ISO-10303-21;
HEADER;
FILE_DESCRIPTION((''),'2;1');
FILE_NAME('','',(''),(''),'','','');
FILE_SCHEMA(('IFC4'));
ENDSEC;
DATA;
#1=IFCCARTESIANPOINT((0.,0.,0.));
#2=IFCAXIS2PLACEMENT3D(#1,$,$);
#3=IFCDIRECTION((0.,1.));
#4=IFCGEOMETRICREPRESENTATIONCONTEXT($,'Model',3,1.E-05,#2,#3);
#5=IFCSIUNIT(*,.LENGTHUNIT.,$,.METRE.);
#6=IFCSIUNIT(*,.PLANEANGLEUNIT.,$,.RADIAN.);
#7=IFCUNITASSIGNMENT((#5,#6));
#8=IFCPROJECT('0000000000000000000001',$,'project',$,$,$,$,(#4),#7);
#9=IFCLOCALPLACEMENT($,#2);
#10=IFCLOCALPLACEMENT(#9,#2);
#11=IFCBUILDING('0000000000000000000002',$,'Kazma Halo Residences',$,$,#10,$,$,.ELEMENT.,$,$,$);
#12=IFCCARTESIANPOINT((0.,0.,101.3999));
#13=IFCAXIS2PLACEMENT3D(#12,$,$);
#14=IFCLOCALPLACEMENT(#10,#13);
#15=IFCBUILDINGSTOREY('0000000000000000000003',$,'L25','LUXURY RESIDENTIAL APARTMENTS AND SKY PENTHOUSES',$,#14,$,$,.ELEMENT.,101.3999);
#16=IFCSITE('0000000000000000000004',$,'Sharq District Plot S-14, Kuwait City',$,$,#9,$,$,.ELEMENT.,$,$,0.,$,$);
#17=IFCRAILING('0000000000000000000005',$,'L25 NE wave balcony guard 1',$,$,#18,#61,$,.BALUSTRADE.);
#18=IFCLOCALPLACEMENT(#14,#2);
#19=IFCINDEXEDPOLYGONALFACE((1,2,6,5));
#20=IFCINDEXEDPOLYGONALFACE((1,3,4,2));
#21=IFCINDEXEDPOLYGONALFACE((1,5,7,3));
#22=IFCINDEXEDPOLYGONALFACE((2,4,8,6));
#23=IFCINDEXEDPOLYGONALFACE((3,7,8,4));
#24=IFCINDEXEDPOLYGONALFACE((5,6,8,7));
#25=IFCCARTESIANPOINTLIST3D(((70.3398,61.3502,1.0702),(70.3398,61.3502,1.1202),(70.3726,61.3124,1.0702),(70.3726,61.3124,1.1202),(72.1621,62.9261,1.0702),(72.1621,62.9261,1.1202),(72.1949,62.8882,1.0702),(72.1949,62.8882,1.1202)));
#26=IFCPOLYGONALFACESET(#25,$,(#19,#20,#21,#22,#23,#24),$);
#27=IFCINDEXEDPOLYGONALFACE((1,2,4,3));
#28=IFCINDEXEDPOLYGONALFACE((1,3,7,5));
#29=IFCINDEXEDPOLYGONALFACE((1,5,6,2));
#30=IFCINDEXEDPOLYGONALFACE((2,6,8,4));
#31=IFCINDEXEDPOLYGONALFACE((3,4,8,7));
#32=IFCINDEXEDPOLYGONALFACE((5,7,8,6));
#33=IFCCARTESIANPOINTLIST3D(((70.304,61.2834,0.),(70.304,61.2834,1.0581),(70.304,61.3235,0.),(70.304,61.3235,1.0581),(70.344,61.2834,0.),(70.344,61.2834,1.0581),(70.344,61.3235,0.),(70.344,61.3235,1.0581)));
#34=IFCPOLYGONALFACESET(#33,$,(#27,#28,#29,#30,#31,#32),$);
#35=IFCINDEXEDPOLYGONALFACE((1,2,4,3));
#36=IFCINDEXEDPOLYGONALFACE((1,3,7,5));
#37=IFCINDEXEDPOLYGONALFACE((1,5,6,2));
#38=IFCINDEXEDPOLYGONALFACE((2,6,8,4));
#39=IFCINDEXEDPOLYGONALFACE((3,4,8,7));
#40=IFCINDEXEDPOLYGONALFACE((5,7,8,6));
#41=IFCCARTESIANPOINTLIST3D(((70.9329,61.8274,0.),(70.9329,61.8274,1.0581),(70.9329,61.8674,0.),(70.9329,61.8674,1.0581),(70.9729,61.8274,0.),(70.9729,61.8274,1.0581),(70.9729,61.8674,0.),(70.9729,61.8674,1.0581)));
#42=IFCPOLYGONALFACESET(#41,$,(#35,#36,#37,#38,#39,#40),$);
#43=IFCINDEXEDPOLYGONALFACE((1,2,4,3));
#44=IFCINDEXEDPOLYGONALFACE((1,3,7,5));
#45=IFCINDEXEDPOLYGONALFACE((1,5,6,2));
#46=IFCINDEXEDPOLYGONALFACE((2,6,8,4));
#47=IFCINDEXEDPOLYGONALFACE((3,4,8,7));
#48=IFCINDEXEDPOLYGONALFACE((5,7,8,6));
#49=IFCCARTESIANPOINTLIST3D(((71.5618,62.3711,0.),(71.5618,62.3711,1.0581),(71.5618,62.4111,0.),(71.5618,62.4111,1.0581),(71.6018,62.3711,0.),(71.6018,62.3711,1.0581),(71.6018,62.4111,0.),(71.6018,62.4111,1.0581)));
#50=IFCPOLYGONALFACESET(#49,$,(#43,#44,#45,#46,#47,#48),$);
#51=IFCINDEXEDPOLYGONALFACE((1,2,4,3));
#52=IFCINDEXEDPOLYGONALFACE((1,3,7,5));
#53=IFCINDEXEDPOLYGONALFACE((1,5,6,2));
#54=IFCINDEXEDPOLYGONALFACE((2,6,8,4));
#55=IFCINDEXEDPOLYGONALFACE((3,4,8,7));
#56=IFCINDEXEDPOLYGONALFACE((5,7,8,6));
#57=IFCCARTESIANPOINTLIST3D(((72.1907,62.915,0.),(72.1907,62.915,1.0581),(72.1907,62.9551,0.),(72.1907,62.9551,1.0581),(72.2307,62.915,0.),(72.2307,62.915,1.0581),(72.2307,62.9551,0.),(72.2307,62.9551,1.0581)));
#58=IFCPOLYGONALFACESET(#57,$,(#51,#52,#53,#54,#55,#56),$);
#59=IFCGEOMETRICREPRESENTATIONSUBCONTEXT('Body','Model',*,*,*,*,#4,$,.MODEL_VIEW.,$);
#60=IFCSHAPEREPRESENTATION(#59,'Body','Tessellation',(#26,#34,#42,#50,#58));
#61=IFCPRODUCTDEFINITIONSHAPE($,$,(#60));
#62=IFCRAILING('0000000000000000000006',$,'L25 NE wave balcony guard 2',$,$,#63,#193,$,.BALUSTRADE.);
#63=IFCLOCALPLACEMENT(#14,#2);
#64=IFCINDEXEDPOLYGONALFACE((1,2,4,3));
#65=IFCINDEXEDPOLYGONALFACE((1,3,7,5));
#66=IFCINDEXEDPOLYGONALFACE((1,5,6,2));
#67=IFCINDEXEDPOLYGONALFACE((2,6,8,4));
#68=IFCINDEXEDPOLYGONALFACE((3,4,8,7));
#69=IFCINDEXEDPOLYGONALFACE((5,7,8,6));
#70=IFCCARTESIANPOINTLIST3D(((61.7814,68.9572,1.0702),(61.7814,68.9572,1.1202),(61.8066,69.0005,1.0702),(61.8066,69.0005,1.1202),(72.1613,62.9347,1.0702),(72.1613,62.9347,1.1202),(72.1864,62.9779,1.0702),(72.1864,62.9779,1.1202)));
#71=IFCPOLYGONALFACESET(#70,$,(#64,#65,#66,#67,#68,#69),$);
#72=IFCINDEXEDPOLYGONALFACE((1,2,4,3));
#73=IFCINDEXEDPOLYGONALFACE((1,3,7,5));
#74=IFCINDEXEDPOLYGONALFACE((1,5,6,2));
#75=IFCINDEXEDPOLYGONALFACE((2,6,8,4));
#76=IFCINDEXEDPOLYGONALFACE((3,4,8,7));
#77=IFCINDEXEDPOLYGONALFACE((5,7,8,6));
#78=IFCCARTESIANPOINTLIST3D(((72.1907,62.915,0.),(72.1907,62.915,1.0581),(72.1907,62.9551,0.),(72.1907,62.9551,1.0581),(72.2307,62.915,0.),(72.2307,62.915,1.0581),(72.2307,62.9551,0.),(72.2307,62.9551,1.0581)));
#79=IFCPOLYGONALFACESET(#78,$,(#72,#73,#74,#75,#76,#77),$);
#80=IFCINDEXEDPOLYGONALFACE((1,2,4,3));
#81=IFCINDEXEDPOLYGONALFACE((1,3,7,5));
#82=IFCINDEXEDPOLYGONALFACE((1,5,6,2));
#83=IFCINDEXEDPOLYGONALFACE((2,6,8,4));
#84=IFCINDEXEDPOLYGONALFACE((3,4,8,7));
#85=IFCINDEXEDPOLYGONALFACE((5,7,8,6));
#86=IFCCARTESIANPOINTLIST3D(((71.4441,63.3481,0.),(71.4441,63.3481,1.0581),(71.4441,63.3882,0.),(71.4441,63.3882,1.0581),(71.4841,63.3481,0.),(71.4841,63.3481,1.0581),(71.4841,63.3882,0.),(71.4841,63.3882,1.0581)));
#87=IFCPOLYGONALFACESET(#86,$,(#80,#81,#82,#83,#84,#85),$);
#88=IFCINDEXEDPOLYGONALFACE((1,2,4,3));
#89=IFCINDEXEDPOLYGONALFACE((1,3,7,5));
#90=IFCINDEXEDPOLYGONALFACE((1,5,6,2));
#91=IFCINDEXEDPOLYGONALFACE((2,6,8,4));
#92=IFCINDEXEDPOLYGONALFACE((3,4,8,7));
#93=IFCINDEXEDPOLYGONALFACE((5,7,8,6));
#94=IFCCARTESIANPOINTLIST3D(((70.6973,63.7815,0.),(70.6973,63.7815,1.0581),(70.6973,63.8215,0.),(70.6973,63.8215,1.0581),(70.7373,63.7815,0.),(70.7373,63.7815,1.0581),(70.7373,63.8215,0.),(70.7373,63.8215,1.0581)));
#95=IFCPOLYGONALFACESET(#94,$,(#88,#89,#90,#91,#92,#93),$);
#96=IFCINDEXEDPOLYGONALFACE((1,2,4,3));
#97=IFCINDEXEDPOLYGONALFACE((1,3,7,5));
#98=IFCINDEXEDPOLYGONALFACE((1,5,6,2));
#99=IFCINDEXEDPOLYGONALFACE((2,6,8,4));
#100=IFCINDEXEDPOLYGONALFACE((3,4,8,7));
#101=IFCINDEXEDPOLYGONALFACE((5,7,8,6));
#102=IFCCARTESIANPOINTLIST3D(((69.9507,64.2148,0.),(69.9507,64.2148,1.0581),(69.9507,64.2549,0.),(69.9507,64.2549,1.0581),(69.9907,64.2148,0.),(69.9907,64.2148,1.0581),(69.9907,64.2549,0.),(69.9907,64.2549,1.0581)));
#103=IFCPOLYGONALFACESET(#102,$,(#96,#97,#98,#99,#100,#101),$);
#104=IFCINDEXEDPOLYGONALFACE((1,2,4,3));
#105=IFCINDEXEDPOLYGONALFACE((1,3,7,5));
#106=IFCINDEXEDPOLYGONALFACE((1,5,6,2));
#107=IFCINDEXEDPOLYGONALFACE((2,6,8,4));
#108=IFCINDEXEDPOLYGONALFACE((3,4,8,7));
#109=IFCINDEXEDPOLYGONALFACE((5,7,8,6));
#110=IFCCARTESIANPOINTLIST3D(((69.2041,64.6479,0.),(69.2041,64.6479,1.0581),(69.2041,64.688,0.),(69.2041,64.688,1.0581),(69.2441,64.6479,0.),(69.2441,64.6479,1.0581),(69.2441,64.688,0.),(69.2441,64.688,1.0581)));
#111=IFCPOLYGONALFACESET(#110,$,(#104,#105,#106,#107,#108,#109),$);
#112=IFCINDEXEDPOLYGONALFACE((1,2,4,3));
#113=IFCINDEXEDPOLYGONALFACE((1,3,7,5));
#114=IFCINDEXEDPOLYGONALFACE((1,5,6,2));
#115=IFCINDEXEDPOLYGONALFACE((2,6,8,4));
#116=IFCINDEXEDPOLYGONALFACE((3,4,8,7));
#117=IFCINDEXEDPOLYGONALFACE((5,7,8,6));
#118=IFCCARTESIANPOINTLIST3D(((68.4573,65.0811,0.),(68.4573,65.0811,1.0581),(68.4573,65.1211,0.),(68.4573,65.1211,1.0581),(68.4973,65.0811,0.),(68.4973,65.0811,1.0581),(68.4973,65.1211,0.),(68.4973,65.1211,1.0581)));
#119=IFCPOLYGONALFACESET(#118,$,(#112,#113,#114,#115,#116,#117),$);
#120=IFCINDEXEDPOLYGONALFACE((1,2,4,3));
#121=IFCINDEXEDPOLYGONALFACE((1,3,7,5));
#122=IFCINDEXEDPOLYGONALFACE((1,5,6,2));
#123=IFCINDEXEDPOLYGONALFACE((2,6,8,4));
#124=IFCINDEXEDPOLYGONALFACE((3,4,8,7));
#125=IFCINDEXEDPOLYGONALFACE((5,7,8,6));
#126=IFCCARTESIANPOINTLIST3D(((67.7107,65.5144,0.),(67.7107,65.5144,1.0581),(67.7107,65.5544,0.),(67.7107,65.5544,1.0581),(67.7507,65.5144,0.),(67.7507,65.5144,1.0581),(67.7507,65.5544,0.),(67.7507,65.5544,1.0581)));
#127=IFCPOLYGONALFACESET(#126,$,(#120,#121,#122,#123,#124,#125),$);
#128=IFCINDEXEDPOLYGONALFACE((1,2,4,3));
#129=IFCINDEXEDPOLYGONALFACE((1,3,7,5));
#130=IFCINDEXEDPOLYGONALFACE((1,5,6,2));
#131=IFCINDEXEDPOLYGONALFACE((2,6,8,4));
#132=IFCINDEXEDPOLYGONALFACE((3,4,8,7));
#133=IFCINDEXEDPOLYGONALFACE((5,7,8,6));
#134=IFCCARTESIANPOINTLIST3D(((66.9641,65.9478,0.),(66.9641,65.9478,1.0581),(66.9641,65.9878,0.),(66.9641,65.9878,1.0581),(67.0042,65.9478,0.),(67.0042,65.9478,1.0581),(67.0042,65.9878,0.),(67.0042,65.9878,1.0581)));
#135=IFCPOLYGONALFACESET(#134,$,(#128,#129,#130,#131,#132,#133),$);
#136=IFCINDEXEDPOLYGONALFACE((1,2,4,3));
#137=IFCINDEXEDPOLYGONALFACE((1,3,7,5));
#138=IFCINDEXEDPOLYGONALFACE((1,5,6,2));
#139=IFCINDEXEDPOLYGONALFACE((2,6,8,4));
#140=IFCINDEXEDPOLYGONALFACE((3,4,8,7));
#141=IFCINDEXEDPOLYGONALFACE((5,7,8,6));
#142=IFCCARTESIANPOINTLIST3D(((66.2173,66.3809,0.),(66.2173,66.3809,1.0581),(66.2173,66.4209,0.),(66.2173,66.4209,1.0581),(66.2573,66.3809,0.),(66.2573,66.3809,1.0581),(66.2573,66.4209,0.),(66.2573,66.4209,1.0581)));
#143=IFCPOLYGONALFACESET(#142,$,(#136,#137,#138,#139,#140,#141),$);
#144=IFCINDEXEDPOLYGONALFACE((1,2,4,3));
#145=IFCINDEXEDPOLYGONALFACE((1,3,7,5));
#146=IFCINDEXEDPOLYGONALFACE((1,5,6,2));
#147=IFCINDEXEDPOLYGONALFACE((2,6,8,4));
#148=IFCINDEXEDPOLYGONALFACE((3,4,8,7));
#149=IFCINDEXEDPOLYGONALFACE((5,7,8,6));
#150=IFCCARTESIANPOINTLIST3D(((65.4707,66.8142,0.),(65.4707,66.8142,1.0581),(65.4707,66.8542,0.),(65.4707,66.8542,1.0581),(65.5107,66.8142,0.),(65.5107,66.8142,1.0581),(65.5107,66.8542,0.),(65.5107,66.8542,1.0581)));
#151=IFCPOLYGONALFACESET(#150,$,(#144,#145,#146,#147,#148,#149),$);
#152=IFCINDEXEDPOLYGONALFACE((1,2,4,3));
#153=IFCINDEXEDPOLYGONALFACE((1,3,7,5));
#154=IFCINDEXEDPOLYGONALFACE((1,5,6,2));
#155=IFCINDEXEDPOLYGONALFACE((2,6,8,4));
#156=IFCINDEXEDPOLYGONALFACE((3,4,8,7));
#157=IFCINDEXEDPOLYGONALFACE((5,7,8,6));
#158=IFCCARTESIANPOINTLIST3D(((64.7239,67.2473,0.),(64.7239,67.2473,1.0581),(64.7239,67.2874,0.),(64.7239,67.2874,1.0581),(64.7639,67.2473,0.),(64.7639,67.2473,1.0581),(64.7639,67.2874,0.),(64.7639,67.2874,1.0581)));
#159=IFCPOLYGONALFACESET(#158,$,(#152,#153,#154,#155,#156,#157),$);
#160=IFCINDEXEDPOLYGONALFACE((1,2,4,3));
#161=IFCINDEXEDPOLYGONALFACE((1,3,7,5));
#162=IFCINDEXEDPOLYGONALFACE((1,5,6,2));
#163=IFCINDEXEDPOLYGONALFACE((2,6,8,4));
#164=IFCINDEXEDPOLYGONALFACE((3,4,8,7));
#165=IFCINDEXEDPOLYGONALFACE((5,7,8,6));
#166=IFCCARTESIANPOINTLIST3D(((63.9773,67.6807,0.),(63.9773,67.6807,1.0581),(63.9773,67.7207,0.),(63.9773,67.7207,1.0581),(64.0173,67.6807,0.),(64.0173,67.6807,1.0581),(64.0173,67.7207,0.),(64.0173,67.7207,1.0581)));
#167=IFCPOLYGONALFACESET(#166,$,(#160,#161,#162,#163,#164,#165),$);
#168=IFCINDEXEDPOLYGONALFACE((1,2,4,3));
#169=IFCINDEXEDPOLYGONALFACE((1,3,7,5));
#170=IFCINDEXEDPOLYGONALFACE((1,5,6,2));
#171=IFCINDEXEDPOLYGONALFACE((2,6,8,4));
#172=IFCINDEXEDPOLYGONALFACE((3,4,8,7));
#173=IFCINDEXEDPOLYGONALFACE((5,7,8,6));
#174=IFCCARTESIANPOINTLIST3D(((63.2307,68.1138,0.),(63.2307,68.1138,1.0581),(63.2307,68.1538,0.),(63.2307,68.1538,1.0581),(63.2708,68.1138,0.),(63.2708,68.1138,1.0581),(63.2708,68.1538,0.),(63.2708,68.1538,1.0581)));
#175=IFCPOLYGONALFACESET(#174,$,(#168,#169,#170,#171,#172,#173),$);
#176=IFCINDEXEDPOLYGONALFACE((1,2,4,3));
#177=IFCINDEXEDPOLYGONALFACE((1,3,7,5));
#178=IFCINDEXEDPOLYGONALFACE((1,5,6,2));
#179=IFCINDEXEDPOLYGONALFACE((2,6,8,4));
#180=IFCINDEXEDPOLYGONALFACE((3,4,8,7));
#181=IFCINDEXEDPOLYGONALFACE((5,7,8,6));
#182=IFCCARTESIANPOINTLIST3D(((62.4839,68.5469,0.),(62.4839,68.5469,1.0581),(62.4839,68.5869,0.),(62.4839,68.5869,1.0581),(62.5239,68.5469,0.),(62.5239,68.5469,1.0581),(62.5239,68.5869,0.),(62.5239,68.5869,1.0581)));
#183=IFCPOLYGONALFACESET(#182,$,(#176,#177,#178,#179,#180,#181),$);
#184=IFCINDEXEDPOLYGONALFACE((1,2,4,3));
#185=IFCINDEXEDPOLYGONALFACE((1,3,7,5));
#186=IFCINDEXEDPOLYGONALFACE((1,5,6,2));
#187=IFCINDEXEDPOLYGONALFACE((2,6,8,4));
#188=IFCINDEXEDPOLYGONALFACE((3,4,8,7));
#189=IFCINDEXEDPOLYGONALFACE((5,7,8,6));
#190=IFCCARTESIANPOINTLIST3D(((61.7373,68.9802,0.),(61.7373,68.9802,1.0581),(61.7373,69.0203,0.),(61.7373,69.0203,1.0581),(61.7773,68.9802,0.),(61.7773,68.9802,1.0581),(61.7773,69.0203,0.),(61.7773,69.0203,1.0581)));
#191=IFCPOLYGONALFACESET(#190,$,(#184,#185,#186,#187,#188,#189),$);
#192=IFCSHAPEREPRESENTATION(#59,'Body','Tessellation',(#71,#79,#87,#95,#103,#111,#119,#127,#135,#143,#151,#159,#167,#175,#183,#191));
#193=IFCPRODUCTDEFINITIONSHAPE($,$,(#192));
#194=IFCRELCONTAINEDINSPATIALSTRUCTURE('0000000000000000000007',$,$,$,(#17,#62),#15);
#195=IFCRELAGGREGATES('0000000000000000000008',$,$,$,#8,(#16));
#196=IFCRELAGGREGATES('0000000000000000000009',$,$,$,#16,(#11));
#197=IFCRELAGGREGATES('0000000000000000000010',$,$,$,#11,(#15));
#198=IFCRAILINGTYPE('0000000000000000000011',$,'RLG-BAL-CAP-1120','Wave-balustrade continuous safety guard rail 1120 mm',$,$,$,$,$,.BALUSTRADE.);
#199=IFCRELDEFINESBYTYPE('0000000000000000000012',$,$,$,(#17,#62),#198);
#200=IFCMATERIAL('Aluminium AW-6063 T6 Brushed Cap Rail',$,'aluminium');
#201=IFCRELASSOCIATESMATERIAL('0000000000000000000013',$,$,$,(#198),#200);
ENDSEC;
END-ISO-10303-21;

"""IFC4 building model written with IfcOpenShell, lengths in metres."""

from ifc_helpers import new_model, si_unit, direction, frame, origin, origin_2d, place, context, subcontext, project, spatial, rectangle, extrude, material, type_object, element, save


model = new_model("IFC4")

# Units and contexts
model_context = context("Model", 3, precision=1e-05, world=origin(), true_north=direction((0.0, 1.0)))
body_context = subcontext(model_context, "Body", "Model", "MODEL_VIEW")
ifc_project = project(units=[si_unit("LENGTHUNIT", "METRE"), si_unit("PLANEANGLEUNIT", "RADIAN")], contexts=[model_context])

# Site, building, storey
site_placement = place(None, origin())
site = spatial("IfcSite", under=ifc_project, at=site_placement, Name="Sharq District Plot S-14, Kuwait City", CompositionType="ELEMENT", RefElevation=0.0)
building_placement = place(site_placement, origin())
building = spatial("IfcBuilding", under=site, at=building_placement, Name="Kazma Halo Residences", CompositionType="ELEMENT")
storey_placement = place(building_placement, frame((0.0, 0.0, 101.3999)))
storey = spatial("IfcBuildingStorey", under=building, at=storey_placement, Name="L25", Description="LUXURY RESIDENTIAL APARTMENTS AND SKY PENTHOUSES", CompositionType="ELEMENT", Elevation=101.3999)

# Railings
ifc_material_1 = material(Name="Aluminium AW-6063 T6 Brushed Cap Rail", Category="aluminium")
railing_type = type_object("IfcRailingType", Name="RLG-BAL-CAP-1120", Description="Wave-balustrade continuous safety guard rail 1120 mm", PredefinedType="BALUSTRADE", material=ifc_material_1)
railing_1_placement = place(storey_placement, frame((70.324, 61.3035, 0.0)))
element("IfcRailing", 1, at=railing_1_placement, inside=storey, type_object=railing_type, Name="L25 NE wave balcony guard 1", PredefinedType="BALUSTRADE", context=body_context, shape_type="SweptSolid", body=[
    extrude(rectangle(XDim=0.05, YDim=0.05, at=origin_2d()), frame((0.0322, 0.0278, 1.0952), z_axis=(0.756396, 0.654114, 0.0), x_axis=(-0.654114, 0.756396, 0.0)), (0.0, 0.0, 1.0), 2.4092),
    extrude(rectangle(XDim=0.04, YDim=0.04, at=origin_2d()), origin(), (0.0, 0.0, 1.0), 1.0581),
    extrude(rectangle(XDim=0.04, YDim=0.04, at=origin_2d()), frame((0.6289, 0.5439, 0.0)), (0.0, 0.0, 1.0), 1.0581),
    extrude(rectangle(XDim=0.04, YDim=0.04, at=origin_2d()), frame((1.2578, 1.0876, 0.0)), (0.0, 0.0, 1.0), 1.0581),
    extrude(rectangle(XDim=0.04, YDim=0.04, at=origin_2d()), frame((1.8867, 1.6316, 0.0)), (0.0, 0.0, 1.0), 1.0581),
])
railing_2_placement = place(storey_placement, frame((72.2107, 62.9351, 0.0)))
element("IfcRailing", 2, at=railing_2_placement, inside=storey, type_object=railing_type, Name="L25 NE wave balcony guard 2", PredefinedType="BALUSTRADE", context=body_context, shape_type="SweptSolid", body=[
    extrude(rectangle(XDim=0.05, YDim=0.05, at=origin_2d()), frame((-0.0369, 0.0212, 1.0952), z_axis=(-0.864951, 0.501856, 0.0), x_axis=(-0.501856, -0.864951, 0.0)), (0.0, 0.0, 1.0), 12.0005),
    extrude(rectangle(XDim=0.04, YDim=0.04, at=origin_2d()), origin(), (0.0, 0.0, 1.0), 1.0581),
    extrude(rectangle(XDim=0.04, YDim=0.04, at=origin_2d()), frame((-0.7466, 0.4331, 0.0)), (0.0, 0.0, 1.0), 1.0581),
    extrude(rectangle(XDim=0.04, YDim=0.04, at=origin_2d()), frame((-1.4934, 0.8665, 0.0)), (0.0, 0.0, 1.0), 1.0581),
    extrude(rectangle(XDim=0.04, YDim=0.04, at=origin_2d()), frame((-2.24, 1.2998, 0.0)), (0.0, 0.0, 1.0), 1.0581),
    extrude(rectangle(XDim=0.04, YDim=0.04, at=origin_2d()), frame((-2.9866, 1.7329, 0.0)), (0.0, 0.0, 1.0), 1.0581),
    extrude(rectangle(XDim=0.04, YDim=0.04, at=origin_2d()), frame((-3.7334, 2.166, 0.0)), (0.0, 0.0, 1.0), 1.0581),
    extrude(rectangle(XDim=0.04, YDim=0.04, at=origin_2d()), frame((-4.48, 2.5994, 0.0)), (0.0, 0.0, 1.0), 1.0581),
    extrude(rectangle(XDim=0.04, YDim=0.04, at=origin_2d()), frame((-5.2266, 3.0327, 0.0)), (0.0, 0.0, 1.0), 1.0581),
    extrude(rectangle(XDim=0.04, YDim=0.04, at=origin_2d()), frame((-5.9734, 3.4658, 0.0)), (0.0, 0.0, 1.0), 1.0581),
    extrude(rectangle(XDim=0.04, YDim=0.04, at=origin_2d()), frame((-6.72, 3.8992, 0.0)), (0.0, 0.0, 1.0), 1.0581),
    extrude(rectangle(XDim=0.04, YDim=0.04, at=origin_2d()), frame((-7.4668, 4.3323, 0.0)), (0.0, 0.0, 1.0), 1.0581),
    extrude(rectangle(XDim=0.04, YDim=0.04, at=origin_2d()), frame((-8.2134, 4.7656, 0.0)), (0.0, 0.0, 1.0), 1.0581),
    extrude(rectangle(XDim=0.04, YDim=0.04, at=origin_2d()), frame((-8.96, 5.1987, 0.0)), (0.0, 0.0, 1.0), 1.0581),
    extrude(rectangle(XDim=0.04, YDim=0.04, at=origin_2d()), frame((-9.7068, 5.6318, 0.0)), (0.0, 0.0, 1.0), 1.0581),
    extrude(rectangle(XDim=0.04, YDim=0.04, at=origin_2d()), frame((-10.4534, 6.0652, 0.0)), (0.0, 0.0, 1.0), 1.0581),
])

save(model, "model.ifc")
